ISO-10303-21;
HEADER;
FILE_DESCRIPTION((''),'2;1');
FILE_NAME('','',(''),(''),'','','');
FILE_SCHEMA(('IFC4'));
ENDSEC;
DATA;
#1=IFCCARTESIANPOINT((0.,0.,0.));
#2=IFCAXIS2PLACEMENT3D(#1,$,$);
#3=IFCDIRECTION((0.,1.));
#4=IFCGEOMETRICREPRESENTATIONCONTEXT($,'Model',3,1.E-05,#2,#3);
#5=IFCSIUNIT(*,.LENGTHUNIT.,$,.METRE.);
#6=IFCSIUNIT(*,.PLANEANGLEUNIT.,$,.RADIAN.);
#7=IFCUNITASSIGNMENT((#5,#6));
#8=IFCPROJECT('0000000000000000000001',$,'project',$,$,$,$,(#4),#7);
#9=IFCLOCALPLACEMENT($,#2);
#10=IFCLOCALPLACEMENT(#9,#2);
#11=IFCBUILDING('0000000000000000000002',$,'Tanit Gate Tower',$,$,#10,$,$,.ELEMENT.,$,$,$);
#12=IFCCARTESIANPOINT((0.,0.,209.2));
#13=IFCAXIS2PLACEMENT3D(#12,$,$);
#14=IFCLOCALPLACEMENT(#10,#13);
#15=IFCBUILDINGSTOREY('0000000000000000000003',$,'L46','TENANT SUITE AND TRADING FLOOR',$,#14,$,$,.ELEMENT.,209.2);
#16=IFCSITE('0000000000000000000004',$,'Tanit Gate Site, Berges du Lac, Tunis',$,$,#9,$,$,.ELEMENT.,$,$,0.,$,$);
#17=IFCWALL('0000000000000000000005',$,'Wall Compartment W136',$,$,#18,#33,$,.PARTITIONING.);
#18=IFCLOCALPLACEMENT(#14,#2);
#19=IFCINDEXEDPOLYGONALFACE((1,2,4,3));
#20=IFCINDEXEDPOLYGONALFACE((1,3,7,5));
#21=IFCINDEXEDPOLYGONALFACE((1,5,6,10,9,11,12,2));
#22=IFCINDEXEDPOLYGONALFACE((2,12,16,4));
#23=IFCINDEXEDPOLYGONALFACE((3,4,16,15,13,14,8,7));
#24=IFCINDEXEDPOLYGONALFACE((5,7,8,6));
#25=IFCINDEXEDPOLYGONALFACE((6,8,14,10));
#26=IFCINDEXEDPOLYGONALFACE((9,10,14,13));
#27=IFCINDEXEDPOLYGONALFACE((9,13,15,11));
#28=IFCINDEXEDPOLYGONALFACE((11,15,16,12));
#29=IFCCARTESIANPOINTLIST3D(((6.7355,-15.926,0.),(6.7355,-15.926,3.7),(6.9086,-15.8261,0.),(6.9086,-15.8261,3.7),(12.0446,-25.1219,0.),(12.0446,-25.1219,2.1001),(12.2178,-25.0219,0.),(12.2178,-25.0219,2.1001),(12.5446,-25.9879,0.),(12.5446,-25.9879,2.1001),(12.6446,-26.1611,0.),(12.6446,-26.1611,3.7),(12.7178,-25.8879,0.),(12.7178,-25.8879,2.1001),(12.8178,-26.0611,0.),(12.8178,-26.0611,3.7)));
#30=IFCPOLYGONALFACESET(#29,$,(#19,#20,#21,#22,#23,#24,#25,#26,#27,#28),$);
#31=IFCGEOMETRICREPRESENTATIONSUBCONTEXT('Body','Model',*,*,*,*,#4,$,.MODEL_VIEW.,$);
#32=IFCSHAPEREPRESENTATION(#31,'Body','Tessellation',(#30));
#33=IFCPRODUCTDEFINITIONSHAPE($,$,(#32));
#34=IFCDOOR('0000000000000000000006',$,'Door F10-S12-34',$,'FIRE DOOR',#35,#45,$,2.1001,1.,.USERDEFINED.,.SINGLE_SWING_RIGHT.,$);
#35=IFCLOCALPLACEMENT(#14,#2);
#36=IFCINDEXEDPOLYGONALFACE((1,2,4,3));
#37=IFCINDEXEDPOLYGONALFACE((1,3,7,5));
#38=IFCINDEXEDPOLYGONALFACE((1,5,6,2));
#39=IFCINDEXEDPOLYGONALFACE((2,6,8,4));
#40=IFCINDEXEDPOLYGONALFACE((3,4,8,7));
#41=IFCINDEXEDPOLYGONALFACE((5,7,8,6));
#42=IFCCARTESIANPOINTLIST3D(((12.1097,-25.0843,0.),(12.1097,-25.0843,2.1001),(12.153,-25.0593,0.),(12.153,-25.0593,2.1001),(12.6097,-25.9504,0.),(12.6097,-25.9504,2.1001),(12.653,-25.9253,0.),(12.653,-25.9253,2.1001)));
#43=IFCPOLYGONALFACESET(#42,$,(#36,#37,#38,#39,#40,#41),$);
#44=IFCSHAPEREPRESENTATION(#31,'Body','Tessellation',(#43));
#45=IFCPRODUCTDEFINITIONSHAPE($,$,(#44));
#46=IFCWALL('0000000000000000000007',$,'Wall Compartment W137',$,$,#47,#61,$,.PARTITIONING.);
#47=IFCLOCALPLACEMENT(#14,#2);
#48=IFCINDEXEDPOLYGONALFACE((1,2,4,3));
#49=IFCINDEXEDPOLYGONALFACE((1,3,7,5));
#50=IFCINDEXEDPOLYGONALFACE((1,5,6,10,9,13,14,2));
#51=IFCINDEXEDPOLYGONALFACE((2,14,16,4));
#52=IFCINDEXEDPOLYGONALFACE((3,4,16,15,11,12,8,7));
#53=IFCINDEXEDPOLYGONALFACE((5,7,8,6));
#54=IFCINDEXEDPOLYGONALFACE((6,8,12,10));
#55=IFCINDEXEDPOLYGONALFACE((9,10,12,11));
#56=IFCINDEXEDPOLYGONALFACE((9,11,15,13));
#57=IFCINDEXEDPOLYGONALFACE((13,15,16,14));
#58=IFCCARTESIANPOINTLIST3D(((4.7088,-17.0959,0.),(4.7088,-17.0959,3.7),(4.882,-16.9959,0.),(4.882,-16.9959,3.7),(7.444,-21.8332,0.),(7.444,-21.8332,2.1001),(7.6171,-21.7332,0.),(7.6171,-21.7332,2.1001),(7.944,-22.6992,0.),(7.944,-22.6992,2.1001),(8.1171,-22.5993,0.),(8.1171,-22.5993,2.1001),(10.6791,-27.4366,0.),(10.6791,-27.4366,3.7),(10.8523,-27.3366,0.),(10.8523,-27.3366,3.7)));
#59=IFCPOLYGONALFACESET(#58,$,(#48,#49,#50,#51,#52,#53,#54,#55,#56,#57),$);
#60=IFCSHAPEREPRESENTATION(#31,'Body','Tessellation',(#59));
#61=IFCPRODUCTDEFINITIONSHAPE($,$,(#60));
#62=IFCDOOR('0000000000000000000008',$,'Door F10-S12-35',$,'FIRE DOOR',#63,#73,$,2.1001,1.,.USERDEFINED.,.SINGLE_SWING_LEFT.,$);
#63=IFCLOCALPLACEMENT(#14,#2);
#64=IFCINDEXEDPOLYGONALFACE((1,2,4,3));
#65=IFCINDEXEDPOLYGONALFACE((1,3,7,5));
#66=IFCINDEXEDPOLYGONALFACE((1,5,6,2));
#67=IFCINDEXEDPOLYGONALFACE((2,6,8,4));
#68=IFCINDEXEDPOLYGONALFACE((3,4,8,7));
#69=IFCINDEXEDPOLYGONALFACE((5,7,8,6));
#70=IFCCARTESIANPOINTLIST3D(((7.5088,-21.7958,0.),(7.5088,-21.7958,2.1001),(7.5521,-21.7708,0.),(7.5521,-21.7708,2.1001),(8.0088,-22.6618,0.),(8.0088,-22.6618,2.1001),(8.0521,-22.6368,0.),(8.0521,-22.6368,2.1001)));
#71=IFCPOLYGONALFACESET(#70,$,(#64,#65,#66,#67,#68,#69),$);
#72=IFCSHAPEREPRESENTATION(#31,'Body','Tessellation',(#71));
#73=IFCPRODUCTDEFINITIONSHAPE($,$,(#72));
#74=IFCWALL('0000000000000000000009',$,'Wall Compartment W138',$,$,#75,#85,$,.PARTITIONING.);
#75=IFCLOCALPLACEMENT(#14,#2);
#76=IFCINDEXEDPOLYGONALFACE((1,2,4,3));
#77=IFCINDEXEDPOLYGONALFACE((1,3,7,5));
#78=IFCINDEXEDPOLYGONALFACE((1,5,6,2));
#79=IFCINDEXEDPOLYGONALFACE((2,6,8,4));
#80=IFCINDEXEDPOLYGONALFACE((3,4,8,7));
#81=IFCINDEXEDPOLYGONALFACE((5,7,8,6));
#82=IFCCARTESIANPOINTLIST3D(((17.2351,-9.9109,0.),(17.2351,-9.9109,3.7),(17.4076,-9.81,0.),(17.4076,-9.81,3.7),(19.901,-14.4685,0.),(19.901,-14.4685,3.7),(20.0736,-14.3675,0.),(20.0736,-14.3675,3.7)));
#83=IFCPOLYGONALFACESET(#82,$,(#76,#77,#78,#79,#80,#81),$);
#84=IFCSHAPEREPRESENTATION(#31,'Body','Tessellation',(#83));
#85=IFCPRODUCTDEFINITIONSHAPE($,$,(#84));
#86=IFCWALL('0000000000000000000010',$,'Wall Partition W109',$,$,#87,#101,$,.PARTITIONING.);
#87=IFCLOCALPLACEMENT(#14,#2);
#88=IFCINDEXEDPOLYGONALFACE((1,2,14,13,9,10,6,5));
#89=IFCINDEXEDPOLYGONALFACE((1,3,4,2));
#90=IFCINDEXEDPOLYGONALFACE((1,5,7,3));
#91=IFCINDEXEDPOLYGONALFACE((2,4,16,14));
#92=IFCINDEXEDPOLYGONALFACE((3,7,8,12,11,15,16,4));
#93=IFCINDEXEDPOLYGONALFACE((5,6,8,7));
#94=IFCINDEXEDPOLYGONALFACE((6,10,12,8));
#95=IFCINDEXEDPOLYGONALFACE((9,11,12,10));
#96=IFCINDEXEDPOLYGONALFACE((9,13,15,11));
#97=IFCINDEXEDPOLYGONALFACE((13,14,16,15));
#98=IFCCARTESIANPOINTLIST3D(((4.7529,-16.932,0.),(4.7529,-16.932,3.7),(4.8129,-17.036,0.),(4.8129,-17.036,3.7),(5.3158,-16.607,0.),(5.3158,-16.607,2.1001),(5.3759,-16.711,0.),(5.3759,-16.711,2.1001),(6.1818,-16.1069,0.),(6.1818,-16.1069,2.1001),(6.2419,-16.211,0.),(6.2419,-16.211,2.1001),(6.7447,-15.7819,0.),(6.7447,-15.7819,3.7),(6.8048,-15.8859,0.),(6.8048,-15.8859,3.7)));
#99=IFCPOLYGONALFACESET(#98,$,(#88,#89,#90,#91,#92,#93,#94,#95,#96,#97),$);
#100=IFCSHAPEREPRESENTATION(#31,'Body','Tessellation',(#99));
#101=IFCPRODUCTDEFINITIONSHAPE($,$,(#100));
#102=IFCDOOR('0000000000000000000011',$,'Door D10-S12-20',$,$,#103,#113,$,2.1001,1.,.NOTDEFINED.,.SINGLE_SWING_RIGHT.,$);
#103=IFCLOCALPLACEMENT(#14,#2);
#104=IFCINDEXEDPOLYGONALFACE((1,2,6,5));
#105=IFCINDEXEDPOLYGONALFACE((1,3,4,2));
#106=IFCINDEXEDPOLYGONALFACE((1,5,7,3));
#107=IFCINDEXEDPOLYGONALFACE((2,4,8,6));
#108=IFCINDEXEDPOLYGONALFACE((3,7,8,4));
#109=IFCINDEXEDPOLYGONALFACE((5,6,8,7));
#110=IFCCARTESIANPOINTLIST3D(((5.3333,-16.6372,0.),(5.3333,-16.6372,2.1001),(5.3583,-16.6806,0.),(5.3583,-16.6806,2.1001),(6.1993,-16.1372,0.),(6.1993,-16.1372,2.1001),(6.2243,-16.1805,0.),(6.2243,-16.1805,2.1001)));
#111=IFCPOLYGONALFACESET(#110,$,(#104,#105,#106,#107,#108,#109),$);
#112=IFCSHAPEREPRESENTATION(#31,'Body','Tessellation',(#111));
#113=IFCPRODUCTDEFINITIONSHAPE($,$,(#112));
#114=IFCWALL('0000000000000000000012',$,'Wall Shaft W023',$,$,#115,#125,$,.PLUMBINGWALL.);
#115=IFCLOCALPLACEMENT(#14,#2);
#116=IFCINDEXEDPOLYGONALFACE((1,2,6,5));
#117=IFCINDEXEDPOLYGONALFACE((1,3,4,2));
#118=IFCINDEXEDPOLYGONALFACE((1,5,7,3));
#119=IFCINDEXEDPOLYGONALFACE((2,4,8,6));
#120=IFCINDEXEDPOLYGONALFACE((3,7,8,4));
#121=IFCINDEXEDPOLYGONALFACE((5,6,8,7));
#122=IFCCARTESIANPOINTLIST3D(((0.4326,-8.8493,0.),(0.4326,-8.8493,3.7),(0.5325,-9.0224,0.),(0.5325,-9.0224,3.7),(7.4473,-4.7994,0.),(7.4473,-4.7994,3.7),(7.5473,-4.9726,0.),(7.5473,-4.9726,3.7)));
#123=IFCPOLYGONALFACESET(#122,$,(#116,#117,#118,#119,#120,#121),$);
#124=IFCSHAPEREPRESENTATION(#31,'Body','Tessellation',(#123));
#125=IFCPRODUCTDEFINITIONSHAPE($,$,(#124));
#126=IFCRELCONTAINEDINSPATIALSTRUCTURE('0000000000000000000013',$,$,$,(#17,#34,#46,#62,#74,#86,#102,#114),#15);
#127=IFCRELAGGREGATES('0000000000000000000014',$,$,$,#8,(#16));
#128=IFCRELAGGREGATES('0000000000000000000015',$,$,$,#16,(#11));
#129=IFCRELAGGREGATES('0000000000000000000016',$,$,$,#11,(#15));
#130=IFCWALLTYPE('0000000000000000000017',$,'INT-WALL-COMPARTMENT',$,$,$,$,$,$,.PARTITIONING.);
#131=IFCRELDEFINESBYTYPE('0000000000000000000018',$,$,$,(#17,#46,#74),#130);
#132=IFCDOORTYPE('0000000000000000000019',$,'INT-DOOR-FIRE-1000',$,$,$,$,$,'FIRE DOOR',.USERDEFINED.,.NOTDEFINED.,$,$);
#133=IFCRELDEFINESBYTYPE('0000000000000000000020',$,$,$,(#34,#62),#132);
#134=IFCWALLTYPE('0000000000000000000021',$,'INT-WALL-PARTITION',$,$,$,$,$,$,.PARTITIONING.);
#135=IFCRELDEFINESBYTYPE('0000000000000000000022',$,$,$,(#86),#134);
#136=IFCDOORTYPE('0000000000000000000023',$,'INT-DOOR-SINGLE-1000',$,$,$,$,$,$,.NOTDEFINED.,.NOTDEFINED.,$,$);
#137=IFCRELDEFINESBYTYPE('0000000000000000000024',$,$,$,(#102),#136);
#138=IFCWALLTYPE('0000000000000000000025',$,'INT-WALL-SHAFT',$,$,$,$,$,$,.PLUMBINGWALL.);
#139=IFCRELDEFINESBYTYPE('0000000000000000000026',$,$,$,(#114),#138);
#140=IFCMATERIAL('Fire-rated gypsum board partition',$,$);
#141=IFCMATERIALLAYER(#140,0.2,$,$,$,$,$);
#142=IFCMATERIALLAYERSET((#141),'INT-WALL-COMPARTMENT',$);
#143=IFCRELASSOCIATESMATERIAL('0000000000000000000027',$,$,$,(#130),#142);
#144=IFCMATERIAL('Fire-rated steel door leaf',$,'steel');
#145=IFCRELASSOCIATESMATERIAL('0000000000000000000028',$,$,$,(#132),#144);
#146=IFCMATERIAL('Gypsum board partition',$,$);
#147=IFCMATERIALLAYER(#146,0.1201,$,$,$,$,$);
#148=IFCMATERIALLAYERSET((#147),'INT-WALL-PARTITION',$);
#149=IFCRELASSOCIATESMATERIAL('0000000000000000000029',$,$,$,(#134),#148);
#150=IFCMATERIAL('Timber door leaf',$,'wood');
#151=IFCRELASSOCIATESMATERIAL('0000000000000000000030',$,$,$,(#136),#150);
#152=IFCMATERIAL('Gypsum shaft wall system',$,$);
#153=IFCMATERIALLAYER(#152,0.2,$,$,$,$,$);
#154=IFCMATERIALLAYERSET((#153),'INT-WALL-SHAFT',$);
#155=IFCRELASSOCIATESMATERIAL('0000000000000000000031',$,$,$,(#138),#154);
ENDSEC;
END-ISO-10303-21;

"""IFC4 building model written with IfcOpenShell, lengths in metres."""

from ifc_helpers import new_model, si_unit, direction, frame, frame_2d, origin, place, context, subcontext, project, spatial, rectangle, extrude, material, layer, layer_set, type_object, element, fill, save


model = new_model("IFC4")

# Units and contexts
model_context = context("Model", 3, precision=1e-05, world=origin(), true_north=direction((0.0, 1.0)))
body_context = subcontext(model_context, "Body", "Model", "MODEL_VIEW")
ifc_project = project(units=[si_unit("LENGTHUNIT", "METRE"), si_unit("PLANEANGLEUNIT", "RADIAN")], contexts=[model_context])

# Site, building, storey
site_placement = place(None, origin())
site = spatial("IfcSite", under=ifc_project, at=site_placement, Name="Tanit Gate Site, Berges du Lac, Tunis", CompositionType="ELEMENT", RefElevation=0.0)
building_placement = place(site_placement, origin())
building = spatial("IfcBuilding", under=site, at=building_placement, Name="Tanit Gate Tower", CompositionType="ELEMENT")
storey_placement = place(building_placement, frame((0.0, 0.0, 209.2)))
storey = spatial("IfcBuildingStorey", under=building, at=storey_placement, Name="L46", Description="TENANT SUITE AND TRADING FLOOR", CompositionType="ELEMENT", Elevation=209.2)

# Shared definitions
ifc_material_1 = material(Name="Fire-rated gypsum board partition")
ifc_layer_1 = layer(ifc_material_1, 0.2)
ifc_layer_set_1 = layer_set([ifc_layer_1], Name="INT-WALL-COMPARTMENT")
wall_type_1 = type_object("IfcWallType", Name="INT-WALL-COMPARTMENT", PredefinedType="PARTITIONING", material=ifc_layer_set_1)

# Walls, openings, doors
wall_1_placement = place(storey_placement, frame((12.7312, -26.1111, 0.0), z_axis=(0.0, 0.0, 1.0), x_axis=(-0.499996, 0.866028, 0.0)))
wall_1 = element("IfcWall", 1, at=wall_1_placement, inside=storey, type_object=wall_type_1, Name="Wall Compartment W136", PredefinedType="PARTITIONING", context=body_context, shape_type="SweptSolid", body=[
    extrude(rectangle(XDim=11.8184, YDim=0.2, at=frame_2d((5.9092, 0.0))), origin(), (0.0, 0.0, 1.0), 3.7),
])
opening_1_placement = place(wall_1_placement, frame((0.2, 0.0, 0.0)))
opening_1 = element("IfcOpeningElement", 2, at=opening_1_placement, cuts=wall_1, PredefinedType="OPENING", context=body_context, shape_type="SweptSolid", body=[
    extrude(rectangle(XDim=1.0, YDim=2.1001, at=frame_2d((0.5, 1.05))), frame((0.0, 0.1099, 0.0), z_axis=(0.0, -1.0, 0.0), x_axis=(1.0, 0.0, 0.0)), (0.0, 0.0, 1.0), 0.22),
])
ifc_material_2 = material(Name="Fire-rated steel door leaf", Category="steel")
door_type_1 = type_object("IfcDoorType", Name="INT-DOOR-FIRE-1000", ElementType="FIRE DOOR", OperationType="NOTDEFINED", PredefinedType="USERDEFINED", material=ifc_material_2)
door_1_placement = place(opening_1_placement, origin())
door_1 = element("IfcDoor", 3, at=door_1_placement, inside=storey, type_object=door_type_1, Name="Door F10-S12-34", ObjectType="FIRE DOOR", OperationType="SINGLE_SWING_RIGHT", OverallHeight=2.1001, OverallWidth=1.0, PredefinedType="USERDEFINED", context=body_context, shape_type="SweptSolid", body=[
    extrude(rectangle(XDim=1.0, YDim=2.1001, at=frame_2d((0.5, 1.05))), frame((0.0, 0.0249, 0.0), z_axis=(0.0, -1.0, 0.0), x_axis=(1.0, 0.0, 0.0)), (0.0, 0.0, 1.0), 0.05),
])
fill(opening_1, door_1)
wall_2_placement = place(storey_placement, frame((4.7954, -17.0459, 0.0), z_axis=(0.0, 0.0, 1.0), x_axis=(0.500005, -0.866022, 0.0)))
wall_2 = element("IfcWall", 4, at=wall_2_placement, inside=storey, type_object=wall_type_1, Name="Wall Compartment W137", PredefinedType="PARTITIONING", context=body_context, shape_type="SweptSolid", body=[
    extrude(rectangle(XDim=11.9404, YDim=0.2, at=frame_2d((5.9702, 0.0))), origin(), (0.0, 0.0, 1.0), 3.7),
])
opening_2_placement = place(wall_2_placement, frame((5.4702, 0.0, 0.0)))
opening_2 = element("IfcOpeningElement", 5, at=opening_2_placement, cuts=wall_2, PredefinedType="OPENING", context=body_context, shape_type="SweptSolid", body=[
    extrude(rectangle(XDim=1.0, YDim=2.1001, at=frame_2d((0.5, 1.05))), frame((0.0, 0.1099, 0.0), z_axis=(0.0, -1.0, 0.0), x_axis=(1.0, 0.0, 0.0)), (0.0, 0.0, 1.0), 0.22),
])
door_2_placement = place(opening_2_placement, origin())
door_2 = element("IfcDoor", 6, at=door_2_placement, inside=storey, type_object=door_type_1, Name="Door F10-S12-35", ObjectType="FIRE DOOR", OperationType="SINGLE_SWING_LEFT", OverallHeight=2.1001, OverallWidth=1.0, PredefinedType="USERDEFINED", context=body_context, shape_type="SweptSolid", body=[
    extrude(rectangle(XDim=1.0, YDim=2.1001, at=frame_2d((0.5, 1.05))), frame((0.0, 0.0249, 0.0), z_axis=(0.0, -1.0, 0.0), x_axis=(1.0, 0.0, 0.0)), (0.0, 0.0, 1.0), 0.05),
])
fill(opening_2, door_2)

# Wall
wall_3_placement = place(storey_placement, frame((17.3213, -9.8604, 0.0), z_axis=(0.0, 0.0, 1.0), x_axis=(0.504917, -0.863168, 0.0)))
element("IfcWall", 7, at=wall_3_placement, inside=storey, type_object=wall_type_1, Name="Wall Compartment W138", PredefinedType="PARTITIONING", context=body_context, shape_type="SweptSolid", body=[
    extrude(rectangle(XDim=5.28, YDim=0.2, at=frame_2d((2.6401, 0.0))), origin(), (0.0, 0.0, 1.0), 3.7),
])

# Wall, opening, door
ifc_material_3 = material(Name="Gypsum board partition")
ifc_layer_2 = layer(ifc_material_3, 0.1201)
ifc_layer_set_2 = layer_set([ifc_layer_2], Name="INT-WALL-PARTITION")
wall_type_2 = type_object("IfcWallType", Name="INT-WALL-PARTITION", PredefinedType="PARTITIONING", material=ifc_layer_set_2)
wall_4_placement = place(storey_placement, frame((6.7747, -15.834, 0.0), z_axis=(0.0, 0.0, 1.0), x_axis=(-0.866007, -0.500032, 0.0)))
wall_4 = element("IfcWall", 8, at=wall_4_placement, inside=storey, type_object=wall_type_2, Name="Wall Partition W109", PredefinedType="PARTITIONING", context=body_context, shape_type="SweptSolid", body=[
    extrude(rectangle(XDim=2.3, YDim=0.1201, at=frame_2d((1.1499, 0.0))), origin(), (0.0, 0.0, 1.0), 3.7),
])
opening_3_placement = place(wall_4_placement, frame((0.6499, 0.0, 0.0)))
opening_3 = element("IfcOpeningElement", 9, at=opening_3_placement, cuts=wall_4, PredefinedType="OPENING", context=body_context, shape_type="SweptSolid", body=[
    extrude(rectangle(XDim=1.0, YDim=2.1001, at=frame_2d((0.5, 1.05))), frame((0.0, 0.0701, 0.0), z_axis=(0.0, -1.0, 0.0), x_axis=(1.0, 0.0, 0.0)), (0.0, 0.0, 1.0), 0.1401),
])
ifc_material_4 = material(Name="Timber door leaf", Category="wood")
door_type_2 = type_object("IfcDoorType", Name="INT-DOOR-SINGLE-1000", OperationType="NOTDEFINED", PredefinedType="NOTDEFINED", material=ifc_material_4)
door_3_placement = place(opening_3_placement, origin())
door_3 = element("IfcDoor", 10, at=door_3_placement, inside=storey, type_object=door_type_2, Name="Door D10-S12-20", OperationType="SINGLE_SWING_RIGHT", OverallHeight=2.1001, OverallWidth=1.0, PredefinedType="NOTDEFINED", context=body_context, shape_type="SweptSolid", body=[
    extrude(rectangle(XDim=1.0, YDim=2.1001, at=frame_2d((0.5, 1.05))), frame((0.0, 0.0249, 0.0), z_axis=(0.0, -1.0, 0.0), x_axis=(1.0, 0.0, 0.0)), (0.0, 0.0, 1.0), 0.05),
])
fill(opening_3, door_3)

# Wall
ifc_material_5 = material(Name="Gypsum shaft wall system")
ifc_layer_3 = layer(ifc_material_5, 0.2)
ifc_layer_set_3 = layer_set([ifc_layer_3], Name="INT-WALL-SHAFT")
wall_type_3 = type_object("IfcWallType", Name="INT-WALL-SHAFT", PredefinedType="PLUMBINGWALL", material=ifc_layer_set_3)
wall_5_placement = place(storey_placement, frame((0.4827, -8.9358, 0.0), z_axis=(0.0, 0.0, 1.0), x_axis=(0.866031, 0.49999, 0.0)))
element("IfcWall", 11, at=wall_5_placement, inside=storey, type_object=wall_type_3, Name="Wall Shaft W023", PredefinedType="PLUMBINGWALL", context=body_context, shape_type="SweptSolid", body=[
    extrude(rectangle(XDim=8.0999, YDim=0.2, at=frame_2d((4.0498, 0.0))), origin(), (0.0, 0.0, 1.0), 3.7),
])

save(model, "model.ifc")
